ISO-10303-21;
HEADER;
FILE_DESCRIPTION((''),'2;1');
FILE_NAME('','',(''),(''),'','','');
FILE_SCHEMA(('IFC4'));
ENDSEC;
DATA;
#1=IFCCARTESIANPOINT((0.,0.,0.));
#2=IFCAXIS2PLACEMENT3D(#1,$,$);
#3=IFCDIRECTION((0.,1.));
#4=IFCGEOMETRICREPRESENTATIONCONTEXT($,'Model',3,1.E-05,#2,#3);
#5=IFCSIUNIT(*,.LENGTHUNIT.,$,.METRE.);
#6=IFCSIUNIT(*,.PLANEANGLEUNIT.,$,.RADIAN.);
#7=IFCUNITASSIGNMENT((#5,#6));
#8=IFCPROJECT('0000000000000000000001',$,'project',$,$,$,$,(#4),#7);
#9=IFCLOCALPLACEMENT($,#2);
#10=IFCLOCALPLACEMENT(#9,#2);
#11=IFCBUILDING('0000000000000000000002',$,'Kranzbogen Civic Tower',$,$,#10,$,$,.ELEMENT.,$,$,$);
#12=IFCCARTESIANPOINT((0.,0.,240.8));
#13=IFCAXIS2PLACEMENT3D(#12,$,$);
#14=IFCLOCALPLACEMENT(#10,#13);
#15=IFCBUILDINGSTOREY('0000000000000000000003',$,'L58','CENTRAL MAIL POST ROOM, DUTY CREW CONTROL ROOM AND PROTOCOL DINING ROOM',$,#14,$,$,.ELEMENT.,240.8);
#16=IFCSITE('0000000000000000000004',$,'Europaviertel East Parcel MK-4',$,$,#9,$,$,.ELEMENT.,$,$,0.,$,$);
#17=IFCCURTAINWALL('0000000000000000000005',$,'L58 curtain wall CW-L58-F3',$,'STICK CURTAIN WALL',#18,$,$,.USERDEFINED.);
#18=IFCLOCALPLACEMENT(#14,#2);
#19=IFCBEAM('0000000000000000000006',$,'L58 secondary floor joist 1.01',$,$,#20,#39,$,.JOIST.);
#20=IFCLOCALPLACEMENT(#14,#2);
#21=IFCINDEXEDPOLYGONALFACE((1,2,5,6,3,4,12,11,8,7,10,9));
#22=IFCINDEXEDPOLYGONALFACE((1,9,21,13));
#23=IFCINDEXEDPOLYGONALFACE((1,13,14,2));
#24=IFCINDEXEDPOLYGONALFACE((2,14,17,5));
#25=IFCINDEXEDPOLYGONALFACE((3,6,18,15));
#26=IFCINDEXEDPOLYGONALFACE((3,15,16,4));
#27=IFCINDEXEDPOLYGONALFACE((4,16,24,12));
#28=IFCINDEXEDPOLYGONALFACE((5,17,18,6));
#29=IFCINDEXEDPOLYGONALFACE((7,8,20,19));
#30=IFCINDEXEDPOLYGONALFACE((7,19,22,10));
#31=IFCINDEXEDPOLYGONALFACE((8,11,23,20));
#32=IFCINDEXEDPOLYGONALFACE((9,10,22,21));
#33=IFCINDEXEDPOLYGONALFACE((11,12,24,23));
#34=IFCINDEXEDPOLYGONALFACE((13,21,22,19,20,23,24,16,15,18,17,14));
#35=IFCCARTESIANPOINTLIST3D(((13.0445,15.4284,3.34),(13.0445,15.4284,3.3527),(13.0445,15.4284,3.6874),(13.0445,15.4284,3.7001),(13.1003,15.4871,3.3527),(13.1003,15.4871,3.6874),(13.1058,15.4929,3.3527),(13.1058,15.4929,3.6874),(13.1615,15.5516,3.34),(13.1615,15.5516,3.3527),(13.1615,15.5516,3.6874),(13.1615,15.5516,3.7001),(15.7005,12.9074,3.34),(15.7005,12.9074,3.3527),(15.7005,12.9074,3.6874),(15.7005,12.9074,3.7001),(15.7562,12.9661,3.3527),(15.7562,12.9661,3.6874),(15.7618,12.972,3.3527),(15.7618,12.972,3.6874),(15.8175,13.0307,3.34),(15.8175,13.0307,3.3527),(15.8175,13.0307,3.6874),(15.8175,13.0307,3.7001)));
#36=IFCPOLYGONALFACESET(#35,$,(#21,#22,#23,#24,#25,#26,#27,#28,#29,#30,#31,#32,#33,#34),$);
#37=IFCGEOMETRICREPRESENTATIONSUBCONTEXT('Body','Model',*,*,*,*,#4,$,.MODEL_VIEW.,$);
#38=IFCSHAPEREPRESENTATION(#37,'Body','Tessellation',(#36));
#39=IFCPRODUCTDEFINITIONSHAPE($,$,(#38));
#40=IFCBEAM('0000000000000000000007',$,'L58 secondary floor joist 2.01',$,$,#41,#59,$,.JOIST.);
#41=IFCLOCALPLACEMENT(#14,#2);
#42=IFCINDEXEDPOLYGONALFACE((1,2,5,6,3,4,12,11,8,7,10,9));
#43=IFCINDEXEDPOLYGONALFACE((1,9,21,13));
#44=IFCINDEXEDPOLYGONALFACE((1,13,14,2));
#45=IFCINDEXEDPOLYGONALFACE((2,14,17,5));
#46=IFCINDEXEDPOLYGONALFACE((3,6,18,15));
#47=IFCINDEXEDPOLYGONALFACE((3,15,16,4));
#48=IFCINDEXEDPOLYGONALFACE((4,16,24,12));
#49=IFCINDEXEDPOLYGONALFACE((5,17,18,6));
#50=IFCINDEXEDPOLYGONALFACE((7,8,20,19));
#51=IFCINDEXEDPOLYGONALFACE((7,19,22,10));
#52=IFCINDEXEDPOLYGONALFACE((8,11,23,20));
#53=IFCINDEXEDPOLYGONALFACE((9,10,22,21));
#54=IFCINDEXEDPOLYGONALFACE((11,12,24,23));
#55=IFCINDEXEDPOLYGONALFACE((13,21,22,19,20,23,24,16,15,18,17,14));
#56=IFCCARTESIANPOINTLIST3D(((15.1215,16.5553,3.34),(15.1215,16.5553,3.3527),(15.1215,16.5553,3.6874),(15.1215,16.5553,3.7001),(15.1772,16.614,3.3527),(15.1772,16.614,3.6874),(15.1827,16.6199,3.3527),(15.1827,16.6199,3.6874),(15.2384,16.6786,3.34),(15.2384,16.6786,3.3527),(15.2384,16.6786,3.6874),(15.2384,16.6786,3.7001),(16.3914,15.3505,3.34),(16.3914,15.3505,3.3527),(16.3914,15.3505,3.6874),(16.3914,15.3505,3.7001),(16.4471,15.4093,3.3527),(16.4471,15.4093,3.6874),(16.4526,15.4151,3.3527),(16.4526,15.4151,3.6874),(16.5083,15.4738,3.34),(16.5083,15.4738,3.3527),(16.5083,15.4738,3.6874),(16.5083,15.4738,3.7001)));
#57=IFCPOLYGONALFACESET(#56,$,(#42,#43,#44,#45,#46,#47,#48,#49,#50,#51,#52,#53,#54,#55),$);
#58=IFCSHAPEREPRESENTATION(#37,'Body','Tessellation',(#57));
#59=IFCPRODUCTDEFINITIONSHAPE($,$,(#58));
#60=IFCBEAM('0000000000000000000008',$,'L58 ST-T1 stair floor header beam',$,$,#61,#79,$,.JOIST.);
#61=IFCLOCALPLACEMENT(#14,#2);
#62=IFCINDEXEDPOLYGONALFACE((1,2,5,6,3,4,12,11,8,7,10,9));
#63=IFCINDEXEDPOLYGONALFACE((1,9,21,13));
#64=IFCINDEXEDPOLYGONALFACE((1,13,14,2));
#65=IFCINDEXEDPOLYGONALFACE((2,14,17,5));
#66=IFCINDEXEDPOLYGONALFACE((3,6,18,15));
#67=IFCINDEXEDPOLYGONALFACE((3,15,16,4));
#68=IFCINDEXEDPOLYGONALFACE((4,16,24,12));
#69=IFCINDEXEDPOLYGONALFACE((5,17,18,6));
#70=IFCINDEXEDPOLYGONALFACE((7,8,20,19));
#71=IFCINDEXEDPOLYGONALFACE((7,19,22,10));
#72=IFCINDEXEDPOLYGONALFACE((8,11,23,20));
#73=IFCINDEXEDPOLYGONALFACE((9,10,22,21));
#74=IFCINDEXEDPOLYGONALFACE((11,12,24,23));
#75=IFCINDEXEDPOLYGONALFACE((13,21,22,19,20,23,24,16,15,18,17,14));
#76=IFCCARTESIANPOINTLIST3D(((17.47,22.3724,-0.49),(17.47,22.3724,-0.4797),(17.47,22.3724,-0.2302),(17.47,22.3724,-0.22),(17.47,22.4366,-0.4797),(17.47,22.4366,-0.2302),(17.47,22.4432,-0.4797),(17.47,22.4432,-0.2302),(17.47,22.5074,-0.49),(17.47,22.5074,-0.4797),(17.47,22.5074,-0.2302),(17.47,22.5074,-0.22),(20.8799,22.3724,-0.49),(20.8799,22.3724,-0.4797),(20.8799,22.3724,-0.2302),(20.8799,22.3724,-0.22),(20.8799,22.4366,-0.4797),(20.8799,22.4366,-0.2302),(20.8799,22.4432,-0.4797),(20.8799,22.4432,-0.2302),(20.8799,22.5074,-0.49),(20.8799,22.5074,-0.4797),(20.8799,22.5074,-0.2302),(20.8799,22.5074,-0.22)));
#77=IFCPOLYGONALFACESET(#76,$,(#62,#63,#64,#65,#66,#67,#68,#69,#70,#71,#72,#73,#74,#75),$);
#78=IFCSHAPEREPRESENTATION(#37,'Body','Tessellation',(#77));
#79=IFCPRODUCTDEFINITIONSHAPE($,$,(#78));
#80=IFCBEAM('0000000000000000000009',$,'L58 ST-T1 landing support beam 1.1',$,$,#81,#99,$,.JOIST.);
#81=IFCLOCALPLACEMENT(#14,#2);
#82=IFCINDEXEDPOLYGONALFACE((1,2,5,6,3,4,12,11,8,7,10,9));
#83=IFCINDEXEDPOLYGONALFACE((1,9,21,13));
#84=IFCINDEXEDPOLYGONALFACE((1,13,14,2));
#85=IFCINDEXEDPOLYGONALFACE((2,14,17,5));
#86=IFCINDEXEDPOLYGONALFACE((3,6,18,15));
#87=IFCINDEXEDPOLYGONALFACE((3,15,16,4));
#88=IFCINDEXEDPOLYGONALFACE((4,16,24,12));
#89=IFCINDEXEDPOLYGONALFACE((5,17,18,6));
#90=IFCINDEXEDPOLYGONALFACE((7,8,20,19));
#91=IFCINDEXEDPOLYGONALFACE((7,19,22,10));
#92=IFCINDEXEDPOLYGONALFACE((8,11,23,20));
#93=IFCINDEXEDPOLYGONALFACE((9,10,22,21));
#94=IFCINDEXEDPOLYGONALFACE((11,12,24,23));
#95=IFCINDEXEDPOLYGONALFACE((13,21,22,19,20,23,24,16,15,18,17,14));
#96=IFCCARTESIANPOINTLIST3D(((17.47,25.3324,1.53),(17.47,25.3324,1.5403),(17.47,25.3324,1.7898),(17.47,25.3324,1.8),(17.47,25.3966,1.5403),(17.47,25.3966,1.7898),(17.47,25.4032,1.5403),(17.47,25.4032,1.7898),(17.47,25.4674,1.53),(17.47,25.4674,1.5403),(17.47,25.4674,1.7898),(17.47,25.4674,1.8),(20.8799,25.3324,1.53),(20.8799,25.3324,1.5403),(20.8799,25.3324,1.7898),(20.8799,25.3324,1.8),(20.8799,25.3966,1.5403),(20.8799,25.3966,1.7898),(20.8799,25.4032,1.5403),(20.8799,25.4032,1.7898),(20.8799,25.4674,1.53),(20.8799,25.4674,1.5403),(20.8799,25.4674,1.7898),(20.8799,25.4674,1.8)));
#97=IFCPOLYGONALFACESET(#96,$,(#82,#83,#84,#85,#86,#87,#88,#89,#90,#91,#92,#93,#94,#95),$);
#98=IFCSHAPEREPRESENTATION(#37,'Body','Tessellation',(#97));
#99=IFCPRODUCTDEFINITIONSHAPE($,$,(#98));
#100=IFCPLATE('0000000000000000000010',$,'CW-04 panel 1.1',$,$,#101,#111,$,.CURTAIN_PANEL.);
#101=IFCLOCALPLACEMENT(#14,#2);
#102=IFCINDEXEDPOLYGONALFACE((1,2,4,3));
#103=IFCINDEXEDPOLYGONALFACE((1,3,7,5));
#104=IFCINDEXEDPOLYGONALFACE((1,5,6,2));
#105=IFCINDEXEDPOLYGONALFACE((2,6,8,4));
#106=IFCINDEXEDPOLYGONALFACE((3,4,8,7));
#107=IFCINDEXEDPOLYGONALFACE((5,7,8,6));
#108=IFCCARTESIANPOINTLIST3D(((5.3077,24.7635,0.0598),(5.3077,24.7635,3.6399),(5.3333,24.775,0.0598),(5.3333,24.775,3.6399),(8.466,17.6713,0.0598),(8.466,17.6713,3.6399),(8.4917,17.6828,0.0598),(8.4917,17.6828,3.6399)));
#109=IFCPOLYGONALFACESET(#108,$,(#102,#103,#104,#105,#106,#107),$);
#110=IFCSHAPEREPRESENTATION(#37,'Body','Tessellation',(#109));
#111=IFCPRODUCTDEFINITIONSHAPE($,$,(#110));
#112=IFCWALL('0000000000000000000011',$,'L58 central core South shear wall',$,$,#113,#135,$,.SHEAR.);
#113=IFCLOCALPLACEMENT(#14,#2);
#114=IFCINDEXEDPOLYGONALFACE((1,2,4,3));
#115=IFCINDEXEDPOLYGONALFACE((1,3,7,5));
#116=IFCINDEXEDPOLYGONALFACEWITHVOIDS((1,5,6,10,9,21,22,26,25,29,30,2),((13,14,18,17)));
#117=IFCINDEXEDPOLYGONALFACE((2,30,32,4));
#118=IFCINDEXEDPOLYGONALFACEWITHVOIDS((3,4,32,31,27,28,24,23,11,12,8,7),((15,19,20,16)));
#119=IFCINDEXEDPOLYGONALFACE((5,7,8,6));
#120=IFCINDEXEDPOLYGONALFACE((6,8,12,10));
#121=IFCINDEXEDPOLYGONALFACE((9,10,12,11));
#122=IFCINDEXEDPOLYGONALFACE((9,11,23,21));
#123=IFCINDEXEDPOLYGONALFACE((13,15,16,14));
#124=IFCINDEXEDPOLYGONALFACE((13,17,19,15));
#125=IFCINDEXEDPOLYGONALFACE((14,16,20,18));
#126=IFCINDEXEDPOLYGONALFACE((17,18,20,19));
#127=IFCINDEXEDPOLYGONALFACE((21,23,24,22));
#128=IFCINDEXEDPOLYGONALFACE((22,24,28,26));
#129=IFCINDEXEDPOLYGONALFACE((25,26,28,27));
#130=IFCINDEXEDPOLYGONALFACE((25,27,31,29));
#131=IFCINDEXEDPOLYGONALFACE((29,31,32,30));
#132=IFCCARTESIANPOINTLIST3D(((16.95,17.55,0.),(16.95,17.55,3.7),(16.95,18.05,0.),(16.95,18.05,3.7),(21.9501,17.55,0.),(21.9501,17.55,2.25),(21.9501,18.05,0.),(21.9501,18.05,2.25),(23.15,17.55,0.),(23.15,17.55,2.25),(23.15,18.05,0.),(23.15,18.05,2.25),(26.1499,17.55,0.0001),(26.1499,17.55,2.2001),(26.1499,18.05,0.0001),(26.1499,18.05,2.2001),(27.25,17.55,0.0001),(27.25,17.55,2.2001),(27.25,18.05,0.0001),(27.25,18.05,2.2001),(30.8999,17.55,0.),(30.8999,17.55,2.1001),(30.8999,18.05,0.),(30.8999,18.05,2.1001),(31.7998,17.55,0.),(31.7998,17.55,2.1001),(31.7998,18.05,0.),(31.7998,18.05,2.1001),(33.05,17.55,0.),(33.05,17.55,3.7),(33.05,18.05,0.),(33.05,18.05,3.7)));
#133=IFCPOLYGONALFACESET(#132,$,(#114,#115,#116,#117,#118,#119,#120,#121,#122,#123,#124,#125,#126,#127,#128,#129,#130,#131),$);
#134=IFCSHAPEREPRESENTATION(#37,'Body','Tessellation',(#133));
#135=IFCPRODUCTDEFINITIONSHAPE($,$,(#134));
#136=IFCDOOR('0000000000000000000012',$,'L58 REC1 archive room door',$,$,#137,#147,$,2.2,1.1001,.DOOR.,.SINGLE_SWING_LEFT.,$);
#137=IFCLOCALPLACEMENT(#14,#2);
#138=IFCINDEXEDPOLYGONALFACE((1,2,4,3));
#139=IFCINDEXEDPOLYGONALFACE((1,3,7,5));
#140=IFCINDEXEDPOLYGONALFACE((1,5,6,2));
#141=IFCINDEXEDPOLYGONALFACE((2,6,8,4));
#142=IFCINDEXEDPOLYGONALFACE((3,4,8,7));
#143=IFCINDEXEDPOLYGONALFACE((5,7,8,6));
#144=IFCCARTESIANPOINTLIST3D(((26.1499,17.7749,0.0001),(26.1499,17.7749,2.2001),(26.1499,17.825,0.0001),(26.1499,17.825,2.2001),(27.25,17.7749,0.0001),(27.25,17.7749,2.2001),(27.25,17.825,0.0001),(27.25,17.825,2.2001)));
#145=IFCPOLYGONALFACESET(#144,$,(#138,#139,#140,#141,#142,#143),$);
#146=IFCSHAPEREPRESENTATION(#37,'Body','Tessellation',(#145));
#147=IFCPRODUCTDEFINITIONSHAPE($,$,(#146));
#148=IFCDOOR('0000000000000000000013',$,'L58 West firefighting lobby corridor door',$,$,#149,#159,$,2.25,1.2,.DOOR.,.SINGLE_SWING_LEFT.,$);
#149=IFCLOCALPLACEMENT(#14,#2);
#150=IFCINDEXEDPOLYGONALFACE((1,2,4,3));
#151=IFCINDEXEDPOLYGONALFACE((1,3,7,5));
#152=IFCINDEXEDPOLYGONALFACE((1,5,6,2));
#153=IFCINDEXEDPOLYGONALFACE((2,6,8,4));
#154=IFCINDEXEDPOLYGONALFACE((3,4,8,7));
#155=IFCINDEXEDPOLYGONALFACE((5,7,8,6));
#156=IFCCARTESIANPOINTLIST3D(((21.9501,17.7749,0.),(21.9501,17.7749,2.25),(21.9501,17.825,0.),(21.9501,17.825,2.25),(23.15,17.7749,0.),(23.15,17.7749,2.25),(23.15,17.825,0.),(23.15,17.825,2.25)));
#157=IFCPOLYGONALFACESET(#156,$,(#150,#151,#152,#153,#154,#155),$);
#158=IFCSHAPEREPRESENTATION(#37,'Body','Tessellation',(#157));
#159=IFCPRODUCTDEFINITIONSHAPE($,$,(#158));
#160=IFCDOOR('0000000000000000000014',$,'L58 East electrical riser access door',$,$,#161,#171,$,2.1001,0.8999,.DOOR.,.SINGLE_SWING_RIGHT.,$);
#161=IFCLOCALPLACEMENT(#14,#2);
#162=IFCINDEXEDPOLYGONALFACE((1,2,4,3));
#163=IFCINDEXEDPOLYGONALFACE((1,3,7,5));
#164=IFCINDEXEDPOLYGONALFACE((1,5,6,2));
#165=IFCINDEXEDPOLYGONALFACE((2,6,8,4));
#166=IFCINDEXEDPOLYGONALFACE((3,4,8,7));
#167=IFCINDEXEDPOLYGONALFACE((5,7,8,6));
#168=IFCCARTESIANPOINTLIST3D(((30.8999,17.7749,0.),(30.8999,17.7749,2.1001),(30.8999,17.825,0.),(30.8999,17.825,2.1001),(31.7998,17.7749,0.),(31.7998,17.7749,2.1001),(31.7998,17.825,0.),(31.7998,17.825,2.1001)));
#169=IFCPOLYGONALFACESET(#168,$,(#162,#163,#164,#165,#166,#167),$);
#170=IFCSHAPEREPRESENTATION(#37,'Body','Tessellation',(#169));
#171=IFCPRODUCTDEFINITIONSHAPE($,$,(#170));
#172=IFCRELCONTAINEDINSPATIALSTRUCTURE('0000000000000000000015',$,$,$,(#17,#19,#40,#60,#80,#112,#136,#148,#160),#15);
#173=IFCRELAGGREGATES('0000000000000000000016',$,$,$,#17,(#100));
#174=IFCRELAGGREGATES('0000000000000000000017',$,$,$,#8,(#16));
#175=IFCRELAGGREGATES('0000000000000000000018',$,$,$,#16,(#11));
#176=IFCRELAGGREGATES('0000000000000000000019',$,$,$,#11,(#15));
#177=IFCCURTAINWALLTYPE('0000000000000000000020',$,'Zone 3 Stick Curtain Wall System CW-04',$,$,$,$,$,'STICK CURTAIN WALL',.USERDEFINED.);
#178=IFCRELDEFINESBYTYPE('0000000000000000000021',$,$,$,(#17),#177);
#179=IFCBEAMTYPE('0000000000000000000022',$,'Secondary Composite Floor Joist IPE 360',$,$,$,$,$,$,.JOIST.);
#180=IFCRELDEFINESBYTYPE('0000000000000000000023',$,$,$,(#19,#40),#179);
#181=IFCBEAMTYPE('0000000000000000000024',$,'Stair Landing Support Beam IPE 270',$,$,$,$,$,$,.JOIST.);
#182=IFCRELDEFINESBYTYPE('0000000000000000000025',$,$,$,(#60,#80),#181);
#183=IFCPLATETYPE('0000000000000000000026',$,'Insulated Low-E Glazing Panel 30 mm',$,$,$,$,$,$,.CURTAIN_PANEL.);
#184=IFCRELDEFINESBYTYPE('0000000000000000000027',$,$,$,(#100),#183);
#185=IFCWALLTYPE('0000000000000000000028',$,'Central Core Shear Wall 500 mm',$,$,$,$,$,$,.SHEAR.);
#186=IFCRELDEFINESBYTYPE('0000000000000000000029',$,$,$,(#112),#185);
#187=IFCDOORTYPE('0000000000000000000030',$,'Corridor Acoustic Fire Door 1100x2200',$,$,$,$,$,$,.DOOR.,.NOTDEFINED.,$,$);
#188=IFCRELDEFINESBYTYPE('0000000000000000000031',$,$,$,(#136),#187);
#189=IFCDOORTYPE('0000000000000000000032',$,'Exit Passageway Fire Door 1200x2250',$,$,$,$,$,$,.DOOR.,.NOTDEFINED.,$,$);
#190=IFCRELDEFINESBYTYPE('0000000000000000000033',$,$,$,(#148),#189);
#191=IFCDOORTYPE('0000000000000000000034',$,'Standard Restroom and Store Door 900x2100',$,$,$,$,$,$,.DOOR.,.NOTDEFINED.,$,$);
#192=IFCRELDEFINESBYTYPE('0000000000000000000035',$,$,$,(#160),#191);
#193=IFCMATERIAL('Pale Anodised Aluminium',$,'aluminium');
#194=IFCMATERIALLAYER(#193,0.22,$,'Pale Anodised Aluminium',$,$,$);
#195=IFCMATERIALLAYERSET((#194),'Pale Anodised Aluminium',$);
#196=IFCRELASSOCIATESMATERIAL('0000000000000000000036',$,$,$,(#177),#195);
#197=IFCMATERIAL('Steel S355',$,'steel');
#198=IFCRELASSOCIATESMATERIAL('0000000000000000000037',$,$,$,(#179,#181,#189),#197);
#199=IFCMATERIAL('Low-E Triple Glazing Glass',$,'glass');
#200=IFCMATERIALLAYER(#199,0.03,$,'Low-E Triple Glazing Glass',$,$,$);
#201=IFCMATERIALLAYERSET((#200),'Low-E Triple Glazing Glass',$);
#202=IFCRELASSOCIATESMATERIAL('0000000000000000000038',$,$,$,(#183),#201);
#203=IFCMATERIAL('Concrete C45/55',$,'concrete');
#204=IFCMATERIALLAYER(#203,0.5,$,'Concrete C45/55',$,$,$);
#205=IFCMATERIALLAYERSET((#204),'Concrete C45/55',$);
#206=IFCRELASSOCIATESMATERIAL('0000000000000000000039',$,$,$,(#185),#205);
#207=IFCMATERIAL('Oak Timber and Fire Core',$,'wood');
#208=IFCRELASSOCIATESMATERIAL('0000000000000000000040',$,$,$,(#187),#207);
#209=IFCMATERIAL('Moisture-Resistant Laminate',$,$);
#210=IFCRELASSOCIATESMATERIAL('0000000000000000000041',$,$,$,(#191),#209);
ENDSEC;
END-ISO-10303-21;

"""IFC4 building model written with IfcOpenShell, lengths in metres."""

from ifc_helpers import new_model, si_unit, direction, frame, frame_2d, origin, origin_2d, place, context, subcontext, project, spatial, rectangle, i_section, extrude, material, layer, layer_set, material_profile, profile_set, type_object, element, fill, aggregate, save


model = new_model("IFC4")

# Units and contexts
model_context = context("Model", 3, precision=1e-05, world=origin(), true_north=direction((0.0, 1.0)))
body_context = subcontext(model_context, "Body", "Model", "MODEL_VIEW")
ifc_project = project(units=[si_unit("LENGTHUNIT", "METRE"), si_unit("PLANEANGLEUNIT", "RADIAN")], contexts=[model_context])

# Site, building, storey
site_placement = place(None, origin())
site = spatial("IfcSite", under=ifc_project, at=site_placement, Name="Europaviertel East Parcel MK-4", CompositionType="ELEMENT", RefElevation=0.0)
building_placement = place(site_placement, origin())
building = spatial("IfcBuilding", under=site, at=building_placement, Name="Kranzbogen Civic Tower", CompositionType="ELEMENT")
storey_placement = place(building_placement, frame((0.0, 0.0, 240.8)))
storey = spatial("IfcBuildingStorey", under=building, at=storey_placement, Name="L58", Description="CENTRAL MAIL POST ROOM, DUTY CREW CONTROL ROOM AND PROTOCOL DINING ROOM", CompositionType="ELEMENT", Elevation=240.8)

# Shared definitions
ifc_material_1 = material(Name="Steel S355", Category="steel")

# Curtain wall
ifc_material_2 = material(Name="Pale Anodised Aluminium", Category="aluminium")
ifc_layer_1 = layer(ifc_material_2, 0.22, Name="Pale Anodised Aluminium")
ifc_layer_set_1 = layer_set([ifc_layer_1], Name="Pale Anodised Aluminium")
curtain_wall_type = type_object("IfcCurtainWallType", Name="Zone 3 Stick Curtain Wall System CW-04", ElementType="STICK CURTAIN WALL", PredefinedType="USERDEFINED", material=ifc_layer_set_1)
curtain_wall_placement = place(storey_placement, origin())
curtain_wall = element("IfcCurtainWall", 1, at=curtain_wall_placement, inside=storey, type_object=curtain_wall_type, Name="L58 curtain wall CW-L58-F3", ObjectType="STICK CURTAIN WALL", PredefinedType="USERDEFINED")

# Beams
ifc_material_profile_1 = material_profile(ifc_material_1, i_section(OverallWidth=0.1699, OverallDepth=0.3601, WebThickness=0.0081, FlangeThickness=0.0127, at=origin_2d()), Name="IPE 360")
ifc_profile_set_1 = profile_set([ifc_material_profile_1], Name="Steel S355")
beam_type_1 = type_object("IfcBeamType", Name="Secondary Composite Floor Joist IPE 360", PredefinedType="JOIST", material=ifc_profile_set_1)
beam_1_placement = place(storey_placement, frame((13.103, 15.49, 3.52), z_axis=(0.725301, -0.688432, 0.0), x_axis=(0.688432, 0.725301, 0.0)))
element("IfcBeam", 2, at=beam_1_placement, inside=storey, type_object=beam_type_1, Name="L58 secondary floor joist 1.01", PredefinedType="JOIST", context=body_context, shape_type="SweptSolid", body=[
    extrude(i_section(OverallWidth=0.1699, OverallDepth=0.3601, WebThickness=0.0081, FlangeThickness=0.0127, at=origin_2d()), origin(), (0.0, 0.0, 1.0), 3.6619),
])
beam_2_placement = place(storey_placement, frame((15.1799, 16.6169, 3.52), z_axis=(0.72548, -0.688243, 0.0), x_axis=(0.688243, 0.72548, 0.0)))
element("IfcBeam", 3, at=beam_2_placement, inside=storey, type_object=beam_type_1, Name="L58 secondary floor joist 2.01", PredefinedType="JOIST", context=body_context, shape_type="SweptSolid", body=[
    extrude(i_section(OverallWidth=0.1699, OverallDepth=0.3601, WebThickness=0.0081, FlangeThickness=0.0127, at=origin_2d()), origin(), (0.0, 0.0, 1.0), 1.7505),
])
ifc_material_profile_2 = material_profile(ifc_material_1, i_section(OverallWidth=0.135, OverallDepth=0.27, WebThickness=0.0066, FlangeThickness=0.0103, at=origin_2d()), Name="IPE 270")
ifc_profile_set_2 = profile_set([ifc_material_profile_2], Name="Steel S355")
beam_type_2 = type_object("IfcBeamType", Name="Stair Landing Support Beam IPE 270", PredefinedType="JOIST", material=ifc_profile_set_2)
for number, where, z_axis, x_axis, name in (
    (4, (20.8799, 22.4399, -0.355), (-1.0, 0.0, 0.0), (0.0, -1.0, 0.0), "L58 ST-T1 stair floor header beam"),
    (5, (20.8799, 25.3999, 1.665), (-1.0, 0.0, 0.0), (0.0, -1.0, 0.0), "L58 ST-T1 landing support beam 1.1"),
):
    element("IfcBeam", number, at=place(storey_placement, frame(where, z_axis=z_axis, x_axis=x_axis)), inside=storey, type_object=beam_type_2, Name=name, PredefinedType="JOIST", context=body_context, shape_type="SweptSolid", body=[
        extrude(i_section(OverallWidth=0.135, OverallDepth=0.27, WebThickness=0.0066, FlangeThickness=0.0103, at=origin_2d()), origin(), (0.0, 0.0, 1.0), 3.4099),
    ])

# Plate
ifc_material_3 = material(Name="Low-E Triple Glazing Glass", Category="glass")
ifc_layer_2 = layer(ifc_material_3, 0.03, Name="Low-E Triple Glazing Glass")
ifc_layer_set_2 = layer_set([ifc_layer_2], Name="Low-E Triple Glazing Glass")
plate_type = type_object("IfcPlateType", Name="Insulated Low-E Glazing Panel 30 mm", PredefinedType="CURTAIN_PANEL", material=ifc_layer_set_2)
plate_placement = place(storey_placement, frame((6.8997, 21.2231, 0.0598), z_axis=(0.0, 0.0, 1.0), x_axis=(0.406812, -0.913512, 0.0)))
plate = element("IfcPlate", 6, at=plate_placement, type_object=plate_type, Name="CW-04 panel 1.1", PredefinedType="CURTAIN_PANEL", context=body_context, shape_type="SweptSolid", body=[
    extrude(rectangle(XDim=7.7637, YDim=0.0281, at=origin_2d()), origin(), (0.0, 0.0, 1.0), 3.5801),
])
aggregate(curtain_wall, [plate])

# Wall, openings, doors
ifc_material_4 = material(Name="Concrete C45/55", Category="concrete")
ifc_layer_3 = layer(ifc_material_4, 0.5, Name="Concrete C45/55")
ifc_layer_set_3 = layer_set([ifc_layer_3], Name="Concrete C45/55")
wall_type_1 = type_object("IfcWallType", Name="Central Core Shear Wall 500 mm", PredefinedType="SHEAR", material=ifc_layer_set_3)
wall_1_placement = place(storey_placement, frame((16.95, 17.8, 0.0), z_axis=(0.0, 0.0, 1.0), x_axis=(1.0, 0.0, 0.0)))
wall_1 = element("IfcWall", 7, at=wall_1_placement, inside=storey, type_object=wall_type_1, Name="L58 central core South shear wall", PredefinedType="SHEAR", context=body_context, shape_type="SweptSolid", body=[
    extrude(rectangle(XDim=16.1001, YDim=0.5, at=frame_2d((8.05, 0.0))), origin(), (0.0, 0.0, 1.0), 3.7),
])
opening_1_placement = place(wall_1_placement, frame((5.0, 0.0, 0.0)))
opening_1 = element("IfcOpeningElement", 8, at=opening_1_placement, cuts=wall_1, PredefinedType="OPENING", context=body_context, shape_type="SweptSolid", body=[
    extrude(rectangle(XDim=1.2, YDim=2.25, at=frame_2d((0.6001, 1.125))), frame((0.0, 0.26, 0.0), z_axis=(0.0, -1.0, 0.0), x_axis=(1.0, 0.0, 0.0)), (0.0, 0.0, 1.0), 0.52),
])
opening_2_placement = place(wall_1_placement, frame((13.95, 0.0, 0.0)))
opening_2 = element("IfcOpeningElement", 9, at=opening_2_placement, cuts=wall_1, PredefinedType="OPENING", context=body_context, shape_type="SweptSolid", body=[
    extrude(rectangle(XDim=0.8999, YDim=2.1001, at=frame_2d((0.45, 1.05))), frame((0.0, 0.26, 0.0), z_axis=(0.0, -1.0, 0.0), x_axis=(1.0, 0.0, 0.0)), (0.0, 0.0, 1.0), 0.52),
])
opening_3_placement = place(wall_1_placement, frame((9.2, 0.0, 0.0)))
opening_3 = element("IfcOpeningElement", 10, at=opening_3_placement, cuts=wall_1, PredefinedType="OPENING", context=body_context, shape_type="SweptSolid", body=[
    extrude(rectangle(XDim=1.1001, YDim=2.2, at=frame_2d((0.55, 1.1001))), frame((0.0, 0.26, 0.0), z_axis=(0.0, -1.0, 0.0), x_axis=(1.0, 0.0, 0.0)), (0.0, 0.0, 1.0), 0.52),
])
ifc_material_5 = material(Name="Oak Timber and Fire Core", Category="wood")
door_type_1 = type_object("IfcDoorType", Name="Corridor Acoustic Fire Door 1100x2200", OperationType="NOTDEFINED", PredefinedType="DOOR", material=ifc_material_5)
door_1_placement = place(opening_3_placement, origin())
door_1 = element("IfcDoor", 11, at=door_1_placement, inside=storey, type_object=door_type_1, Name="L58 REC1 archive room door", OperationType="SINGLE_SWING_LEFT", OverallHeight=2.2, OverallWidth=1.1001, PredefinedType="DOOR", context=body_context, shape_type="SweptSolid", body=[
    extrude(rectangle(XDim=1.1001, YDim=2.2, at=frame_2d((0.55, 1.1001))), frame((0.0, 0.0249, 0.0), z_axis=(0.0, -1.0, 0.0), x_axis=(1.0, 0.0, 0.0)), (0.0, 0.0, 1.0), 0.05),
])
fill(opening_3, door_1)
door_type_2 = type_object("IfcDoorType", Name="Exit Passageway Fire Door 1200x2250", OperationType="NOTDEFINED", PredefinedType="DOOR", material=ifc_material_1)
door_2_placement = place(opening_1_placement, origin())
door_2 = element("IfcDoor", 12, at=door_2_placement, inside=storey, type_object=door_type_2, Name="L58 West firefighting lobby corridor door", OperationType="SINGLE_SWING_LEFT", OverallHeight=2.25, OverallWidth=1.2, PredefinedType="DOOR", context=body_context, shape_type="SweptSolid", body=[
    extrude(rectangle(XDim=1.2, YDim=2.25, at=frame_2d((0.6001, 1.125))), frame((0.0, 0.0249, 0.0), z_axis=(0.0, -1.0, 0.0), x_axis=(1.0, 0.0, 0.0)), (0.0, 0.0, 1.0), 0.05),
])
fill(opening_1, door_2)
ifc_material_6 = material(Name="Moisture-Resistant Laminate")
door_type_3 = type_object("IfcDoorType", Name="Standard Restroom and Store Door 900x2100", OperationType="NOTDEFINED", PredefinedType="DOOR", material=ifc_material_6)
door_3_placement = place(opening_2_placement, origin())
door_3 = element("IfcDoor", 13, at=door_3_placement, inside=storey, type_object=door_type_3, Name="L58 East electrical riser access door", OperationType="SINGLE_SWING_RIGHT", OverallHeight=2.1001, OverallWidth=0.8999, PredefinedType="DOOR", context=body_context, shape_type="SweptSolid", body=[
    extrude(rectangle(XDim=0.8999, YDim=2.1001, at=frame_2d((0.45, 1.05))), frame((0.0, 0.0249, 0.0), z_axis=(0.0, -1.0, 0.0), x_axis=(1.0, 0.0, 0.0)), (0.0, 0.0, 1.0), 0.05),
])
fill(opening_2, door_3)

save(model, "model.ifc")
